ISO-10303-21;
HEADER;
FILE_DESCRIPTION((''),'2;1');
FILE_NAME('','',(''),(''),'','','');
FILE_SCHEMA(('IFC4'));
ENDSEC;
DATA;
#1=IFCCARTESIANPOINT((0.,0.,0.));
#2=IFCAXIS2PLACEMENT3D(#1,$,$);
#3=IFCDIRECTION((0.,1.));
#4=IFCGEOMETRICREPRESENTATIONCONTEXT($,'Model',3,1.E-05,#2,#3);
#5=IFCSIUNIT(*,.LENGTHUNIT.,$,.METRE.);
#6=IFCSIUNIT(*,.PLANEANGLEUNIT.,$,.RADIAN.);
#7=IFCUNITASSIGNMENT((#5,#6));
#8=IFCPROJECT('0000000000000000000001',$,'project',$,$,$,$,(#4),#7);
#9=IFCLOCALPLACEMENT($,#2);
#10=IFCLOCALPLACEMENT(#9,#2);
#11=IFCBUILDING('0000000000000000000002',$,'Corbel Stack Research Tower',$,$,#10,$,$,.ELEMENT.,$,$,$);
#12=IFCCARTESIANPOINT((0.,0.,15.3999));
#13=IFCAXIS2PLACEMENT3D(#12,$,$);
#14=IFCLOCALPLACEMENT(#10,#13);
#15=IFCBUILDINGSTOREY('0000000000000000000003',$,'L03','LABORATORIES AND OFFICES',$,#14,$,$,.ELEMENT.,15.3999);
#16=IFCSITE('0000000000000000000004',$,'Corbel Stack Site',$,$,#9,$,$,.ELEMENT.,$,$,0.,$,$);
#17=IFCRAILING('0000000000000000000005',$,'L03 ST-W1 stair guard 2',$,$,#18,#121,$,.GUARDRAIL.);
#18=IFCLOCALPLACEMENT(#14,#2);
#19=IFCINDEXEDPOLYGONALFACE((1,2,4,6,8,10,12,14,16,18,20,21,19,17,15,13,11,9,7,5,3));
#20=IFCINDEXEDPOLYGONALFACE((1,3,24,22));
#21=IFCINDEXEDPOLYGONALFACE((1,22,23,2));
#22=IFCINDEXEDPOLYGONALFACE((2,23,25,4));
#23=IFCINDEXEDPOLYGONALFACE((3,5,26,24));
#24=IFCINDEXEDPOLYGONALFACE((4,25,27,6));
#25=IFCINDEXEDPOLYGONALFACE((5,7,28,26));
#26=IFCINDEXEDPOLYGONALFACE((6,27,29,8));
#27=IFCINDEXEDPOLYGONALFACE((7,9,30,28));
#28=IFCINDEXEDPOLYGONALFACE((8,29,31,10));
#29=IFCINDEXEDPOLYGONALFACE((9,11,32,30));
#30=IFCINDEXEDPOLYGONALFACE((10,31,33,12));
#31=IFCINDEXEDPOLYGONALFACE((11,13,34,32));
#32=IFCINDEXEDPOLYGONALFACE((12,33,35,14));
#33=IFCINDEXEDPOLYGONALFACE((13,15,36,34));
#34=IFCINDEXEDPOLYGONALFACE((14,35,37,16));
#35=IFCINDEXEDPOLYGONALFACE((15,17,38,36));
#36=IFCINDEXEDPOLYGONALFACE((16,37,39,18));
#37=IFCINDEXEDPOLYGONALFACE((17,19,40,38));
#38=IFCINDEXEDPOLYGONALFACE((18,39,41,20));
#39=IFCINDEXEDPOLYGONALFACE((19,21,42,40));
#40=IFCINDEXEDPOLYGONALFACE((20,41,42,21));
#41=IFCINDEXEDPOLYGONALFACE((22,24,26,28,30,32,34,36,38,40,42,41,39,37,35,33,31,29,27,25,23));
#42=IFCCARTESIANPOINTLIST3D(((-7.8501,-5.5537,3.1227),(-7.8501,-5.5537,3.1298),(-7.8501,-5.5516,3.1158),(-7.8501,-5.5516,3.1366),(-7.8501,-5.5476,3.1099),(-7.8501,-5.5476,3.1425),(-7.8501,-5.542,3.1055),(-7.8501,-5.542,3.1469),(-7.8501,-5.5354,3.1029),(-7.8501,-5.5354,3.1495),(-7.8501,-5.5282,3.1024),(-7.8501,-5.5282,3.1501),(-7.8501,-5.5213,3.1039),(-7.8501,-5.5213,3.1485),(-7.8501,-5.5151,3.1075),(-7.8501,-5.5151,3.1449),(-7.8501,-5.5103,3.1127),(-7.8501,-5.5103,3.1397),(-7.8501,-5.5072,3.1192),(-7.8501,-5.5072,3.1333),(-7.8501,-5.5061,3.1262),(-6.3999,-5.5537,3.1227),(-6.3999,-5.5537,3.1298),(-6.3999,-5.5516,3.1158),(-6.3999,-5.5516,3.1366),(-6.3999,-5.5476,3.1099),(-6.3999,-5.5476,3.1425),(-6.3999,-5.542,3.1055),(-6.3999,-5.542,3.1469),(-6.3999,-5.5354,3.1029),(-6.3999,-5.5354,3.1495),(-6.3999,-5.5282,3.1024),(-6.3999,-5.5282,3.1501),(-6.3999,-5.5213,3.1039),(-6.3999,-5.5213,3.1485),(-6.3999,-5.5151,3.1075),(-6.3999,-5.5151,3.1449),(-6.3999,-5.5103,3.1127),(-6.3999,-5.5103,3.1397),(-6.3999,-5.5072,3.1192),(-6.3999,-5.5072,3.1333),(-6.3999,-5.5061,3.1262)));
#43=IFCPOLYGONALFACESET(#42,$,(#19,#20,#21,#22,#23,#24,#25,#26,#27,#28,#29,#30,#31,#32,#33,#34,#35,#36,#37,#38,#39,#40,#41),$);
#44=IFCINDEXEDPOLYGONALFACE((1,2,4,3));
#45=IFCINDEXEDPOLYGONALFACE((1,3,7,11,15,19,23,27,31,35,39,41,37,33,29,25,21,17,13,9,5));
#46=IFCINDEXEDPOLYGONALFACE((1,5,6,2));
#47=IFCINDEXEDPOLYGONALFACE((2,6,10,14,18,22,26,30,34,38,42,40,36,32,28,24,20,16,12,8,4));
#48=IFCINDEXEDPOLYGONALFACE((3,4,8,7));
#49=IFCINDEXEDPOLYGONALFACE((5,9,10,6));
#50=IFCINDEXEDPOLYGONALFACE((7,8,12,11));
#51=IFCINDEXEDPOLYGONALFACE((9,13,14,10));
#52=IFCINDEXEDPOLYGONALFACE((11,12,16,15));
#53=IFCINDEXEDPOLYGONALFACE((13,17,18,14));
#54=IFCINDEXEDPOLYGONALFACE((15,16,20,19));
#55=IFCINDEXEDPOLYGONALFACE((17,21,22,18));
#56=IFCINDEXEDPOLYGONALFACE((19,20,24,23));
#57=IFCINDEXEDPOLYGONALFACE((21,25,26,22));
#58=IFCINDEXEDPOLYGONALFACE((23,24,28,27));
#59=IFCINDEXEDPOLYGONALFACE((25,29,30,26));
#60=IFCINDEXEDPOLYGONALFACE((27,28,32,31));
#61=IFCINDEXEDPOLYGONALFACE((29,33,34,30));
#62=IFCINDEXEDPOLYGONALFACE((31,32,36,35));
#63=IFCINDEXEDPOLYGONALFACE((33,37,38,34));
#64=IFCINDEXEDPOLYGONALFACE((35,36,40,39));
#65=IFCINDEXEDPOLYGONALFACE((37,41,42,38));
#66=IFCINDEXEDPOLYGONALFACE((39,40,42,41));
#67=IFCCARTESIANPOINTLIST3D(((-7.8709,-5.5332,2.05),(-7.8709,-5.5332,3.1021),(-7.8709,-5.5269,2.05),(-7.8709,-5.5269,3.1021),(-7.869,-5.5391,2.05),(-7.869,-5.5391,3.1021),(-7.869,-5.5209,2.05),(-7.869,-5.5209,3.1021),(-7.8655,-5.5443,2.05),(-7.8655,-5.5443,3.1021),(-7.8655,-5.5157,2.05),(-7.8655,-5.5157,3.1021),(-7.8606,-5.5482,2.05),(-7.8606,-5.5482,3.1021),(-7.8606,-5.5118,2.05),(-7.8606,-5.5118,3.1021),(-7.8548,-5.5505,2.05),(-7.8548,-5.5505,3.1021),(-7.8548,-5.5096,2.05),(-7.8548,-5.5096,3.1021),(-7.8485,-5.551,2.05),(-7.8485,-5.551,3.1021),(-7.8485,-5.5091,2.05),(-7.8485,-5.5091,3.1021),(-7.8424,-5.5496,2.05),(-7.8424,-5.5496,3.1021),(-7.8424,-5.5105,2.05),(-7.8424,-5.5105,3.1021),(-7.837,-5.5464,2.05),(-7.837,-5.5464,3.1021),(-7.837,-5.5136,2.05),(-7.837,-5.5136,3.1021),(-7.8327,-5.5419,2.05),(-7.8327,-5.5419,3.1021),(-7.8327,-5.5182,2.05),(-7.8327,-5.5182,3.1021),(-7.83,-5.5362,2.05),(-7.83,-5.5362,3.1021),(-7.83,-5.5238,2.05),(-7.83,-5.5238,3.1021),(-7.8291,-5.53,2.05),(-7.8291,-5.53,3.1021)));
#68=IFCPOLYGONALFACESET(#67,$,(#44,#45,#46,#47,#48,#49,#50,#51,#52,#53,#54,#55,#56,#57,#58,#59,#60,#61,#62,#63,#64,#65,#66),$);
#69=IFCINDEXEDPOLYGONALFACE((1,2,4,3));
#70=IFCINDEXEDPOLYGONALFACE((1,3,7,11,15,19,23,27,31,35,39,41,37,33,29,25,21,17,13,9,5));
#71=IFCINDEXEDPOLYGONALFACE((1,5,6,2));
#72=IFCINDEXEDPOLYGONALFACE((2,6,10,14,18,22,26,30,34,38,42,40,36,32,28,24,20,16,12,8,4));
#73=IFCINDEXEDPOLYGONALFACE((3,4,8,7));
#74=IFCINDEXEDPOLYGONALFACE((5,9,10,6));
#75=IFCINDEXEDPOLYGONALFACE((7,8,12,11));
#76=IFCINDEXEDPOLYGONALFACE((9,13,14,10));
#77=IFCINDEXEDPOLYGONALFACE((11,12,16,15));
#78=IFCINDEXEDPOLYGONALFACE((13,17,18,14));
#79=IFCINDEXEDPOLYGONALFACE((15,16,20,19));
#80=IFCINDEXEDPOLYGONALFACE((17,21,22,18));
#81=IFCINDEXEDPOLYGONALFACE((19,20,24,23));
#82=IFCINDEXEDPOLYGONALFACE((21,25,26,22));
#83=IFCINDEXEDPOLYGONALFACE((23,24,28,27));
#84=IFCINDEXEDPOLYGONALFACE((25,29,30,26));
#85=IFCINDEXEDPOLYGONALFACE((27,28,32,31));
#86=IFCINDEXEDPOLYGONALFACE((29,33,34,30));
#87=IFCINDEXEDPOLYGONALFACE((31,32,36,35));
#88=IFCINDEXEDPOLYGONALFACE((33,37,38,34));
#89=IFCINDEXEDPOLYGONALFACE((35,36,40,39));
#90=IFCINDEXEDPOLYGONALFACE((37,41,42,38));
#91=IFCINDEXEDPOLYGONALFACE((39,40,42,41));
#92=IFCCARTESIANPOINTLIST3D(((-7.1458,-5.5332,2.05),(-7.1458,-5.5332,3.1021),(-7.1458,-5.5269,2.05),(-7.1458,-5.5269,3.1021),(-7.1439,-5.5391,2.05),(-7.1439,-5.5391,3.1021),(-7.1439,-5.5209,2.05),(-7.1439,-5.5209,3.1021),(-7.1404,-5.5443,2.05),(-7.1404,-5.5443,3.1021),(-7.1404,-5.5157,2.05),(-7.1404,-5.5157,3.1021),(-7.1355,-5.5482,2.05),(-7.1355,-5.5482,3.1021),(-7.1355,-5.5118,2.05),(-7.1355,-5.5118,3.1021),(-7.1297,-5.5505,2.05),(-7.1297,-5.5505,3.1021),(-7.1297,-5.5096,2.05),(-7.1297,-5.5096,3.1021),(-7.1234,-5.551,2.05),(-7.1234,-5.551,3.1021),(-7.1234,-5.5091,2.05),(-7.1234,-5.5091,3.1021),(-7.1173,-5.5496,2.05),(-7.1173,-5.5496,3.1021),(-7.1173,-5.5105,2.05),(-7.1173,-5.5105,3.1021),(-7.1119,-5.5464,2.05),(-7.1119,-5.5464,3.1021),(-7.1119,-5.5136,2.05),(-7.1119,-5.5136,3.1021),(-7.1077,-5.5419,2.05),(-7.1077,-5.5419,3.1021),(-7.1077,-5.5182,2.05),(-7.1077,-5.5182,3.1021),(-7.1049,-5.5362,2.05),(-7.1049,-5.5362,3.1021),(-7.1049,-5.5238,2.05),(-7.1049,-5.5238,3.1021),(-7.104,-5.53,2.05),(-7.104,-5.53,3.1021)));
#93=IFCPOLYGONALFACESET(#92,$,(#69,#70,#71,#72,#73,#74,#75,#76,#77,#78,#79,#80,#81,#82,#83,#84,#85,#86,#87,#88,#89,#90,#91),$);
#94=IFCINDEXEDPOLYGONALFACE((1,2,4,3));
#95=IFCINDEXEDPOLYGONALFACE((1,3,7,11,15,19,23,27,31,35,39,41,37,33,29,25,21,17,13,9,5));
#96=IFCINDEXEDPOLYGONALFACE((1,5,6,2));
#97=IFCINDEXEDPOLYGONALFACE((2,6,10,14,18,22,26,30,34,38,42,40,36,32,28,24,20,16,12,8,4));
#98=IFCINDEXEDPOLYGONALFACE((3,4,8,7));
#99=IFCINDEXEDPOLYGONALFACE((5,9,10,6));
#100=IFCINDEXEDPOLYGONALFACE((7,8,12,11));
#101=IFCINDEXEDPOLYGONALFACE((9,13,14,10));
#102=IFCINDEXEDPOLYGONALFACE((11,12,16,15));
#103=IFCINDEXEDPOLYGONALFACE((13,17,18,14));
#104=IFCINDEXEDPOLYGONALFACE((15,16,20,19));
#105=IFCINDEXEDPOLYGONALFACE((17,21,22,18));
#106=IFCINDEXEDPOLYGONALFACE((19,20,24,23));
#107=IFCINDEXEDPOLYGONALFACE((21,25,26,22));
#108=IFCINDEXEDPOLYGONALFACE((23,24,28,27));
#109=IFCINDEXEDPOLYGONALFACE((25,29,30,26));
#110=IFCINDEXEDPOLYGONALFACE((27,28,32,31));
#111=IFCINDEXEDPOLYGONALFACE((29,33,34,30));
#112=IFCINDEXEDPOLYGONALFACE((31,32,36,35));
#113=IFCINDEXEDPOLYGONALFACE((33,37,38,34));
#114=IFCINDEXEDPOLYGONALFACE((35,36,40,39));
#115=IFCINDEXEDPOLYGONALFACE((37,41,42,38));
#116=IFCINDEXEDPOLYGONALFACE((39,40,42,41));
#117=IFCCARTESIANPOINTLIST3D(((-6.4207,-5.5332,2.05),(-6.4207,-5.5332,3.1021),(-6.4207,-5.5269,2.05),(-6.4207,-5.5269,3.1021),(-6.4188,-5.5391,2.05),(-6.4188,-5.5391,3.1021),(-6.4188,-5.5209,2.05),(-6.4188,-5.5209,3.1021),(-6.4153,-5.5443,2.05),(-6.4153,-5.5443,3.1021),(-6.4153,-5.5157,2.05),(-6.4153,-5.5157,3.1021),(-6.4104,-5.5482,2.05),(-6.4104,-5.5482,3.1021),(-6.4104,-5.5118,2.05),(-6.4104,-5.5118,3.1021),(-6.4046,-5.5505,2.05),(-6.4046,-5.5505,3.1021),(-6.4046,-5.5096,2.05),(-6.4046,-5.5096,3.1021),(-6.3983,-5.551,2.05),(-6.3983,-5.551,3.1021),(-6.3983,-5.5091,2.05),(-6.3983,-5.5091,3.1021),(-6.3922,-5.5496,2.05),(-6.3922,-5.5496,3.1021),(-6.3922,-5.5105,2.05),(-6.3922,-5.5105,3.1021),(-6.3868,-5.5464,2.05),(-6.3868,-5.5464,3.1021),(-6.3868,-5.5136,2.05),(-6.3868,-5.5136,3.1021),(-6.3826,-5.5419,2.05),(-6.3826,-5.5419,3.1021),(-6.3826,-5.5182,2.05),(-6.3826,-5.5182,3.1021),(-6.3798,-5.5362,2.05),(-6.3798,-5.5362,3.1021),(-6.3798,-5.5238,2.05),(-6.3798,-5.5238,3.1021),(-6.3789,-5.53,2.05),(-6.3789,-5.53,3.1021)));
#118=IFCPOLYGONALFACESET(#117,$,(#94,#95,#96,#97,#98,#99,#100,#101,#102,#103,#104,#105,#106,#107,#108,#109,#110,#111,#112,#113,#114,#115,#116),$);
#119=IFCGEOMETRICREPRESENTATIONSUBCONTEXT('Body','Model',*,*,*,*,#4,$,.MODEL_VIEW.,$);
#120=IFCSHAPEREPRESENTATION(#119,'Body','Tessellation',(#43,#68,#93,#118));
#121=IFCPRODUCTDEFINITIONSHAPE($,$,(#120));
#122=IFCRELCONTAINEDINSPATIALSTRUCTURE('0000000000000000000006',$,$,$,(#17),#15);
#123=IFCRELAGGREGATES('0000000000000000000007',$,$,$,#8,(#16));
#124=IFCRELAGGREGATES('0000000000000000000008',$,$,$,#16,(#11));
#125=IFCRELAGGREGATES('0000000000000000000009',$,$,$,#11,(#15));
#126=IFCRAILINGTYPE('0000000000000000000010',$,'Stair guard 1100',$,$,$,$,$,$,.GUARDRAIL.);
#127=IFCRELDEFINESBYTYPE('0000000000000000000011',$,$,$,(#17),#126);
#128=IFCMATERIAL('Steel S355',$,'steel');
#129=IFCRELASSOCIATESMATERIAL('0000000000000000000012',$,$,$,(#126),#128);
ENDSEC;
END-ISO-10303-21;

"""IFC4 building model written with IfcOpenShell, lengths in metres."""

from ifc_helpers import new_model, si_unit, direction, frame, origin, origin_2d, place, context, subcontext, project, spatial, circle, extrude, material, type_object, element, save


model = new_model("IFC4")

# Units and contexts
model_context = context("Model", 3, precision=1e-05, world=origin(), true_north=direction((0.0, 1.0)))
body_context = subcontext(model_context, "Body", "Model", "MODEL_VIEW")
ifc_project = project(units=[si_unit("LENGTHUNIT", "METRE"), si_unit("PLANEANGLEUNIT", "RADIAN")], contexts=[model_context])

# Site, building, storey
site_placement = place(None, origin())
site = spatial("IfcSite", under=ifc_project, at=site_placement, Name="Corbel Stack Site", CompositionType="ELEMENT", RefElevation=0.0)
building_placement = place(site_placement, origin())
building = spatial("IfcBuilding", under=site, at=building_placement, Name="Corbel Stack Research Tower", CompositionType="ELEMENT")
storey_placement = place(building_placement, frame((0.0, 0.0, 15.3999)))
storey = spatial("IfcBuildingStorey", under=building, at=storey_placement, Name="L03", Description="LABORATORIES AND OFFICES", CompositionType="ELEMENT", Elevation=15.3999)

# Railing
ifc_material_1 = material(Name="Steel S355", Category="steel")
railing_type_1 = type_object("IfcRailingType", Name="Stair guard 1100", PredefinedType="GUARDRAIL", material=ifc_material_1)
railing_1_placement = place(storey_placement, frame((-7.8501, -5.53, 2.05)))
element("IfcRailing", 1, at=railing_1_placement, inside=storey, type_object=railing_type_1, Name="L03 ST-W1 stair guard 2", PredefinedType="GUARDRAIL", context=body_context, shape_type="SweptSolid", body=[
    extrude(circle(Radius=0.0239, at=origin_2d()), frame((0.0, 0.0, 1.0762), z_axis=(1.0, 0.0, 0.0), x_axis=(0.0, 1.0, 0.0)), (0.0, 0.0, 1.0), 1.4502),
    extrude(circle(Radius=0.021, at=origin_2d()), origin(), (0.0, 0.0, 1.0), 1.052),
    extrude(circle(Radius=0.021, at=origin_2d()), frame((0.7251, 0.0, 0.0)), (0.0, 0.0, 1.0), 1.052),
    extrude(circle(Radius=0.021, at=origin_2d()), frame((1.4502, 0.0, 0.0)), (0.0, 0.0, 1.0), 1.052),
])

save(model, "model.ifc")
